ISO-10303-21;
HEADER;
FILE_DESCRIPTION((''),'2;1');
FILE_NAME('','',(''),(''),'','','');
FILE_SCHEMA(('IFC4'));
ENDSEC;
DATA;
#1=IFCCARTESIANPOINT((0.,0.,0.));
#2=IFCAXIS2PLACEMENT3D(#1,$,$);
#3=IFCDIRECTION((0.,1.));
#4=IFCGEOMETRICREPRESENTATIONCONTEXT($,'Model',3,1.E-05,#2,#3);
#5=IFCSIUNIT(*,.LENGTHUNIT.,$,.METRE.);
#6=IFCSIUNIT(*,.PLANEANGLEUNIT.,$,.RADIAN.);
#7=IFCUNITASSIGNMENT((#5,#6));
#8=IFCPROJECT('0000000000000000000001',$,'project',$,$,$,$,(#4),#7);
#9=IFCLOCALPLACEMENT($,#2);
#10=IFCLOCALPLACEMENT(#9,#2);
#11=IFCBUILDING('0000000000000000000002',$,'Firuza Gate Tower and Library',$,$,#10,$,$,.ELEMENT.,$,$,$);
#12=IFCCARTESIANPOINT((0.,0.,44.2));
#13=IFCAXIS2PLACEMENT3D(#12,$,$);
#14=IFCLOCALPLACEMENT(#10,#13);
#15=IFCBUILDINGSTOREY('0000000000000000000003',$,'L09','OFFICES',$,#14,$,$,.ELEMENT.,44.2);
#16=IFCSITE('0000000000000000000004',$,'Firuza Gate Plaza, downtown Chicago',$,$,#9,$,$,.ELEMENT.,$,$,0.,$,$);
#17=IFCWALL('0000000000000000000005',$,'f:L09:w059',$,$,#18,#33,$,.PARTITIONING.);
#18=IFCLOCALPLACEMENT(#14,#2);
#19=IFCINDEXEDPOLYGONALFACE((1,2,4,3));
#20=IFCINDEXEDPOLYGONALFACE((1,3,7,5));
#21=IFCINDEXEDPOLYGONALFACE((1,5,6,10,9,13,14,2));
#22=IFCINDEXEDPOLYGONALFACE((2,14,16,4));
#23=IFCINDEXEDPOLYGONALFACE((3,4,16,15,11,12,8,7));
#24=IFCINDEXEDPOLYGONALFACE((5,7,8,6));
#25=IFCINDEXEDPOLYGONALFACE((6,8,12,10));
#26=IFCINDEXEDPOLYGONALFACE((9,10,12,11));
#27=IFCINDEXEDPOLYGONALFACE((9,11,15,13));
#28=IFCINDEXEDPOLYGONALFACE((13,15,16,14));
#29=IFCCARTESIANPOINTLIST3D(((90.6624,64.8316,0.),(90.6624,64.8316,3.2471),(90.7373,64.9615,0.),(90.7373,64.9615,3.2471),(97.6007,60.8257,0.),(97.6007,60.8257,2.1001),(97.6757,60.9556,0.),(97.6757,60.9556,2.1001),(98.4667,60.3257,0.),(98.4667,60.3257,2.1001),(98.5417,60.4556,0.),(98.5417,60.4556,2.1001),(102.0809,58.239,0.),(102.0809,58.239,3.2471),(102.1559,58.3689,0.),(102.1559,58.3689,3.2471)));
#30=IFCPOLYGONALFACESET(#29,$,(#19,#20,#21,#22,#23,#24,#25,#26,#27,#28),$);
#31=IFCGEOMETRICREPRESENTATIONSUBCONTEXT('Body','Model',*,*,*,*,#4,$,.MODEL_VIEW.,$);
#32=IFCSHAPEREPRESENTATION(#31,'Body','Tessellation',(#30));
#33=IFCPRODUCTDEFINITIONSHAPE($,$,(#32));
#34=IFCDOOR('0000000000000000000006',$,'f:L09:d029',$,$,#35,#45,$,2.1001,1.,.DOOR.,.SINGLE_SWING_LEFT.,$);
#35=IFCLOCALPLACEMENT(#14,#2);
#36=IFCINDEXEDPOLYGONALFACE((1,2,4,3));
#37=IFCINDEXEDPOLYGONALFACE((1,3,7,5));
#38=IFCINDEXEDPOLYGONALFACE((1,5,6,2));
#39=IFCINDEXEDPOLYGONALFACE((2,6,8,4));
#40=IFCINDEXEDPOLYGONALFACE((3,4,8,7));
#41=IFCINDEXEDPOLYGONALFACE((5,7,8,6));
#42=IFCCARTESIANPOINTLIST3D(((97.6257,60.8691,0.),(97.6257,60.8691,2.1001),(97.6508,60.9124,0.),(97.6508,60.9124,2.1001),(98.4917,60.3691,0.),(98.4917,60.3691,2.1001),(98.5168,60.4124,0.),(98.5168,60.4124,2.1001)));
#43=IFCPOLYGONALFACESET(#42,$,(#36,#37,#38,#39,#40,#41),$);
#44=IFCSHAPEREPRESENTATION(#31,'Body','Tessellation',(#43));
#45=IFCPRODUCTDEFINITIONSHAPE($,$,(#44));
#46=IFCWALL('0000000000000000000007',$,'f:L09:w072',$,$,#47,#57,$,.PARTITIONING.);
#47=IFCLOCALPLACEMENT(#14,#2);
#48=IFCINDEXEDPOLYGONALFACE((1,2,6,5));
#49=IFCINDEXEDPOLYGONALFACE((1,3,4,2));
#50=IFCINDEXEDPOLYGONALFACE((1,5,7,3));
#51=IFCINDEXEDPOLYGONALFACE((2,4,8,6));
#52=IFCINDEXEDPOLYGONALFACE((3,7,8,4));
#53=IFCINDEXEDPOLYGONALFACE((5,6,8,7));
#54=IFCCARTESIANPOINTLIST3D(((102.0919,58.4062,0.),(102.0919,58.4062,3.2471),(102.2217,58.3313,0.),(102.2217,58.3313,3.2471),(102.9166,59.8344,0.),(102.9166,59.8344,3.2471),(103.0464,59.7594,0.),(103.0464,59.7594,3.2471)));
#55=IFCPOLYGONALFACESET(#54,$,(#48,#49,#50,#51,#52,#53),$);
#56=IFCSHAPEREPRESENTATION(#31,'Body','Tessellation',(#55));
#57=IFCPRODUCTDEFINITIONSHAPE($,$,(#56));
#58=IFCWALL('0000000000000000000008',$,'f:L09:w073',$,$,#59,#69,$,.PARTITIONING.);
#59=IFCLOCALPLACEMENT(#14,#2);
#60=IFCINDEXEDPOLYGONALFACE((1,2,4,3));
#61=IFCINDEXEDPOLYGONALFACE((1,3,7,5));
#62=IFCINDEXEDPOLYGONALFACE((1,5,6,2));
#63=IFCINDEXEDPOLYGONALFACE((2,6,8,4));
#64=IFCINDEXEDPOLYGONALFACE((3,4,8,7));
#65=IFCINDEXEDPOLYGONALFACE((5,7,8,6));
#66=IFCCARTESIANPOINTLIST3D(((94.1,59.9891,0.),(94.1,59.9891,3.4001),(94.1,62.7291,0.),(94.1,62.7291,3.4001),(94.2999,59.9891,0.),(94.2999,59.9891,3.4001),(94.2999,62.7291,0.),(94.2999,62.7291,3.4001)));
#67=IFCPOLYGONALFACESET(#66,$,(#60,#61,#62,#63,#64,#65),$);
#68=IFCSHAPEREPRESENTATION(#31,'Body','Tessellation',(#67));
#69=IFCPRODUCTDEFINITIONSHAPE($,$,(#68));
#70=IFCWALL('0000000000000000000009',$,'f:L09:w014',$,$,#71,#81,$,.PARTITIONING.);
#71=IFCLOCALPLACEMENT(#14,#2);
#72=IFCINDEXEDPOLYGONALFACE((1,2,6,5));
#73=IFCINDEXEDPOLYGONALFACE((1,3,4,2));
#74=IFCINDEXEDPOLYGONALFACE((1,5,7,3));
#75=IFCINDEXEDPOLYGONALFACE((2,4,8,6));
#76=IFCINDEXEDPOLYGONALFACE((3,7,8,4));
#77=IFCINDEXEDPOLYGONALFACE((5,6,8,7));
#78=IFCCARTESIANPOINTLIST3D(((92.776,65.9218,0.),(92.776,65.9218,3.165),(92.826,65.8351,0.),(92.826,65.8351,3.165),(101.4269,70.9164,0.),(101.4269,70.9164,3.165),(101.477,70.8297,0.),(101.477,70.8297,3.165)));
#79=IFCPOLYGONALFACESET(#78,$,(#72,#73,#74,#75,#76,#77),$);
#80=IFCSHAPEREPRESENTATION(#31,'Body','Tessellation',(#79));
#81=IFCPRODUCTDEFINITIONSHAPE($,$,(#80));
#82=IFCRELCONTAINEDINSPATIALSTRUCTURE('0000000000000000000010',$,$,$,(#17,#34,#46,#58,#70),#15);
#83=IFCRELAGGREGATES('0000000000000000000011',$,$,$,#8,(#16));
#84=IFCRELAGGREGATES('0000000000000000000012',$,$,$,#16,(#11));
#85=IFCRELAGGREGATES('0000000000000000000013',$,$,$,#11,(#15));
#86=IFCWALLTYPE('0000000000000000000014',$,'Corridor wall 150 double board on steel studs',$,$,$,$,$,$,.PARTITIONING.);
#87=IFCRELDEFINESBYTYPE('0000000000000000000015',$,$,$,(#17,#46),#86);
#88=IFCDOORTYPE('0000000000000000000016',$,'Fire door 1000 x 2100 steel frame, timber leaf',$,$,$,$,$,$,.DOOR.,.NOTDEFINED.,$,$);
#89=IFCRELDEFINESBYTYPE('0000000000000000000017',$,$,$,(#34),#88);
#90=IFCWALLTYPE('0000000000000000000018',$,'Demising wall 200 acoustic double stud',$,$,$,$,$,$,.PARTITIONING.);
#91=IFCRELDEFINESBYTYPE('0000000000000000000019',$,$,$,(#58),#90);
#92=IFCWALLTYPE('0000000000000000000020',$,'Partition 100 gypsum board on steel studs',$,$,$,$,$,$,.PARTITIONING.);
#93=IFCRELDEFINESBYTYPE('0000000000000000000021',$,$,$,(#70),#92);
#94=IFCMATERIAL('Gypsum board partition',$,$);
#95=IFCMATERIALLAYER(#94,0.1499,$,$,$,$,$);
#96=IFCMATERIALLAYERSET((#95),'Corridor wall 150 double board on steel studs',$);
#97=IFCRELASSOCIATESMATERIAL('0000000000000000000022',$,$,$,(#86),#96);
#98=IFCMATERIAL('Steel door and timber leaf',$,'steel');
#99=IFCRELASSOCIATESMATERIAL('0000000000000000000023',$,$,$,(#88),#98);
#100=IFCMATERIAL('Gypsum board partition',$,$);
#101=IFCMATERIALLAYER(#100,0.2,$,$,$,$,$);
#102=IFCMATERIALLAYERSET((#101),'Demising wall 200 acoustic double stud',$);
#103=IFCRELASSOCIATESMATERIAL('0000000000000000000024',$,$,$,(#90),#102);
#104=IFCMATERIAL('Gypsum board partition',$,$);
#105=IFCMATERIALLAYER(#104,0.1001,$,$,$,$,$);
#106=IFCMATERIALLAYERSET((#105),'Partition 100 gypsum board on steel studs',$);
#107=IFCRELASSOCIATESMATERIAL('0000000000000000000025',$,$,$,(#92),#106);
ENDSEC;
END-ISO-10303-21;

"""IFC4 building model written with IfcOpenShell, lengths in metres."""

from ifc_helpers import new_model, si_unit, direction, frame, frame_2d, origin, place, context, subcontext, project, spatial, rectangle, extrude, material, layer, layer_set, type_object, element, fill, save


model = new_model("IFC4")

# Units and contexts
model_context = context("Model", 3, precision=1e-05, world=origin(), true_north=direction((0.0, 1.0)))
body_context = subcontext(model_context, "Body", "Model", "MODEL_VIEW")
ifc_project = project(units=[si_unit("LENGTHUNIT", "METRE"), si_unit("PLANEANGLEUNIT", "RADIAN")], contexts=[model_context])

# Site, building, storey
site_placement = place(None, origin())
site = spatial("IfcSite", under=ifc_project, at=site_placement, Name="Firuza Gate Plaza, downtown Chicago", CompositionType="ELEMENT", RefElevation=0.0)
building_placement = place(site_placement, origin())
building = spatial("IfcBuilding", under=site, at=building_placement, Name="Firuza Gate Tower and Library", CompositionType="ELEMENT")
storey_placement = place(building_placement, frame((0.0, 0.0, 44.2)))
storey = spatial("IfcBuildingStorey", under=building, at=storey_placement, Name="L09", Description="OFFICES", CompositionType="ELEMENT", Elevation=44.2)

# Wall, opening, door
ifc_material_1 = material(Name="Gypsum board partition")
ifc_layer_1 = layer(ifc_material_1, 0.1499)
ifc_layer_set_1 = layer_set([ifc_layer_1], Name="Corridor wall 150 double board on steel studs")
wall_type_1 = type_object("IfcWallType", Name="Corridor wall 150 double board on steel studs", PredefinedType="PARTITIONING", material=ifc_layer_set_1)
wall_1_placement = place(storey_placement, frame((102.1184, 58.304, 0.0), z_axis=(0.0, 0.0, 1.0), x_axis=(-0.866023, 0.500005, 0.0)))
wall_1 = element("IfcWall", 1, at=wall_1_placement, inside=storey, type_object=wall_type_1, Name="f:L09:w059", PredefinedType="PARTITIONING", context=body_context, shape_type="SweptSolid", body=[
    extrude(rectangle(XDim=13.1851, YDim=0.1499, at=frame_2d((6.5925, 0.0))), origin(), (0.0, 0.0, 1.0), 3.2471),
])
opening_placement = place(wall_1_placement, frame((4.1733, 0.0, 0.0)))
opening = element("IfcOpeningElement", 2, at=opening_placement, cuts=wall_1, PredefinedType="OPENING", context=body_context, shape_type="SweptSolid", body=[
    extrude(rectangle(XDim=1.0, YDim=2.1001, at=frame_2d((0.5, 1.05))), frame((0.0, 0.085, 0.0), z_axis=(0.0, -1.0, 0.0), x_axis=(1.0, 0.0, 0.0)), (0.0, 0.0, 1.0), 0.1699),
])
ifc_material_2 = material(Name="Steel door and timber leaf", Category="steel")
door_type = type_object("IfcDoorType", Name="Fire door 1000 x 2100 steel frame, timber leaf", OperationType="NOTDEFINED", PredefinedType="DOOR", material=ifc_material_2)
door_placement = place(opening_placement, origin())
door = element("IfcDoor", 3, at=door_placement, inside=storey, type_object=door_type, Name="f:L09:d029", OperationType="SINGLE_SWING_LEFT", OverallHeight=2.1001, OverallWidth=1.0, PredefinedType="DOOR", context=body_context, shape_type="SweptSolid", body=[
    extrude(rectangle(XDim=1.0, YDim=2.1001, at=frame_2d((0.5, 1.05))), frame((0.0, 0.0249, 0.0), z_axis=(0.0, -1.0, 0.0), x_axis=(1.0, 0.0, 0.0)), (0.0, 0.0, 1.0), 0.05),
])
fill(opening, door)

# Walls
wall_2_placement = place(storey_placement, frame((102.1567, 58.3687, 0.0), z_axis=(0.0, 0.0, 1.0), x_axis=(0.500056, 0.865993, 0.0)))
element("IfcWall", 4, at=wall_2_placement, inside=storey, type_object=wall_type_1, Name="f:L09:w072", PredefinedType="PARTITIONING", context=body_context, shape_type="SweptSolid", body=[
    extrude(rectangle(XDim=1.6492, YDim=0.1499, at=frame_2d((0.8247, 0.0))), origin(), (0.0, 0.0, 1.0), 3.2471),
])
ifc_material_3 = material(Name="Gypsum board partition")
ifc_layer_2 = layer(ifc_material_3, 0.2)
ifc_layer_set_2 = layer_set([ifc_layer_2], Name="Demising wall 200 acoustic double stud")
wall_type_2 = type_object("IfcWallType", Name="Demising wall 200 acoustic double stud", PredefinedType="PARTITIONING", material=ifc_layer_set_2)
wall_3_placement = place(storey_placement, frame((94.2, 59.989, 0.0), z_axis=(0.0, 0.0, 1.0), x_axis=(0.0, 1.0, 0.0)))
element("IfcWall", 5, at=wall_3_placement, inside=storey, type_object=wall_type_2, Name="f:L09:w073", PredefinedType="PARTITIONING", context=body_context, shape_type="SweptSolid", body=[
    extrude(rectangle(XDim=2.74, YDim=0.2, at=frame_2d((1.3701, 0.0))), origin(), (0.0, 0.0, 1.0), 3.4001),
])
ifc_material_4 = material(Name="Gypsum board partition")
ifc_layer_3 = layer(ifc_material_4, 0.1001)
ifc_layer_set_3 = layer_set([ifc_layer_3], Name="Partition 100 gypsum board on steel studs")
wall_type_3 = type_object("IfcWallType", Name="Partition 100 gypsum board on steel studs", PredefinedType="PARTITIONING", material=ifc_layer_set_3)
wall_4_placement = place(storey_placement, frame((92.801, 65.8784, 0.0), z_axis=(0.0, 0.0, 1.0), x_axis=(0.866024, 0.500003, 0.0)))
element("IfcWall", 6, at=wall_4_placement, inside=storey, type_object=wall_type_3, Name="f:L09:w014", PredefinedType="PARTITIONING", context=body_context, shape_type="SweptSolid", body=[
    extrude(rectangle(XDim=9.9893, YDim=0.1001, at=frame_2d((4.9946, 0.0))), origin(), (0.0, 0.0, 1.0), 3.165),
])

save(model, "model.ifc")
